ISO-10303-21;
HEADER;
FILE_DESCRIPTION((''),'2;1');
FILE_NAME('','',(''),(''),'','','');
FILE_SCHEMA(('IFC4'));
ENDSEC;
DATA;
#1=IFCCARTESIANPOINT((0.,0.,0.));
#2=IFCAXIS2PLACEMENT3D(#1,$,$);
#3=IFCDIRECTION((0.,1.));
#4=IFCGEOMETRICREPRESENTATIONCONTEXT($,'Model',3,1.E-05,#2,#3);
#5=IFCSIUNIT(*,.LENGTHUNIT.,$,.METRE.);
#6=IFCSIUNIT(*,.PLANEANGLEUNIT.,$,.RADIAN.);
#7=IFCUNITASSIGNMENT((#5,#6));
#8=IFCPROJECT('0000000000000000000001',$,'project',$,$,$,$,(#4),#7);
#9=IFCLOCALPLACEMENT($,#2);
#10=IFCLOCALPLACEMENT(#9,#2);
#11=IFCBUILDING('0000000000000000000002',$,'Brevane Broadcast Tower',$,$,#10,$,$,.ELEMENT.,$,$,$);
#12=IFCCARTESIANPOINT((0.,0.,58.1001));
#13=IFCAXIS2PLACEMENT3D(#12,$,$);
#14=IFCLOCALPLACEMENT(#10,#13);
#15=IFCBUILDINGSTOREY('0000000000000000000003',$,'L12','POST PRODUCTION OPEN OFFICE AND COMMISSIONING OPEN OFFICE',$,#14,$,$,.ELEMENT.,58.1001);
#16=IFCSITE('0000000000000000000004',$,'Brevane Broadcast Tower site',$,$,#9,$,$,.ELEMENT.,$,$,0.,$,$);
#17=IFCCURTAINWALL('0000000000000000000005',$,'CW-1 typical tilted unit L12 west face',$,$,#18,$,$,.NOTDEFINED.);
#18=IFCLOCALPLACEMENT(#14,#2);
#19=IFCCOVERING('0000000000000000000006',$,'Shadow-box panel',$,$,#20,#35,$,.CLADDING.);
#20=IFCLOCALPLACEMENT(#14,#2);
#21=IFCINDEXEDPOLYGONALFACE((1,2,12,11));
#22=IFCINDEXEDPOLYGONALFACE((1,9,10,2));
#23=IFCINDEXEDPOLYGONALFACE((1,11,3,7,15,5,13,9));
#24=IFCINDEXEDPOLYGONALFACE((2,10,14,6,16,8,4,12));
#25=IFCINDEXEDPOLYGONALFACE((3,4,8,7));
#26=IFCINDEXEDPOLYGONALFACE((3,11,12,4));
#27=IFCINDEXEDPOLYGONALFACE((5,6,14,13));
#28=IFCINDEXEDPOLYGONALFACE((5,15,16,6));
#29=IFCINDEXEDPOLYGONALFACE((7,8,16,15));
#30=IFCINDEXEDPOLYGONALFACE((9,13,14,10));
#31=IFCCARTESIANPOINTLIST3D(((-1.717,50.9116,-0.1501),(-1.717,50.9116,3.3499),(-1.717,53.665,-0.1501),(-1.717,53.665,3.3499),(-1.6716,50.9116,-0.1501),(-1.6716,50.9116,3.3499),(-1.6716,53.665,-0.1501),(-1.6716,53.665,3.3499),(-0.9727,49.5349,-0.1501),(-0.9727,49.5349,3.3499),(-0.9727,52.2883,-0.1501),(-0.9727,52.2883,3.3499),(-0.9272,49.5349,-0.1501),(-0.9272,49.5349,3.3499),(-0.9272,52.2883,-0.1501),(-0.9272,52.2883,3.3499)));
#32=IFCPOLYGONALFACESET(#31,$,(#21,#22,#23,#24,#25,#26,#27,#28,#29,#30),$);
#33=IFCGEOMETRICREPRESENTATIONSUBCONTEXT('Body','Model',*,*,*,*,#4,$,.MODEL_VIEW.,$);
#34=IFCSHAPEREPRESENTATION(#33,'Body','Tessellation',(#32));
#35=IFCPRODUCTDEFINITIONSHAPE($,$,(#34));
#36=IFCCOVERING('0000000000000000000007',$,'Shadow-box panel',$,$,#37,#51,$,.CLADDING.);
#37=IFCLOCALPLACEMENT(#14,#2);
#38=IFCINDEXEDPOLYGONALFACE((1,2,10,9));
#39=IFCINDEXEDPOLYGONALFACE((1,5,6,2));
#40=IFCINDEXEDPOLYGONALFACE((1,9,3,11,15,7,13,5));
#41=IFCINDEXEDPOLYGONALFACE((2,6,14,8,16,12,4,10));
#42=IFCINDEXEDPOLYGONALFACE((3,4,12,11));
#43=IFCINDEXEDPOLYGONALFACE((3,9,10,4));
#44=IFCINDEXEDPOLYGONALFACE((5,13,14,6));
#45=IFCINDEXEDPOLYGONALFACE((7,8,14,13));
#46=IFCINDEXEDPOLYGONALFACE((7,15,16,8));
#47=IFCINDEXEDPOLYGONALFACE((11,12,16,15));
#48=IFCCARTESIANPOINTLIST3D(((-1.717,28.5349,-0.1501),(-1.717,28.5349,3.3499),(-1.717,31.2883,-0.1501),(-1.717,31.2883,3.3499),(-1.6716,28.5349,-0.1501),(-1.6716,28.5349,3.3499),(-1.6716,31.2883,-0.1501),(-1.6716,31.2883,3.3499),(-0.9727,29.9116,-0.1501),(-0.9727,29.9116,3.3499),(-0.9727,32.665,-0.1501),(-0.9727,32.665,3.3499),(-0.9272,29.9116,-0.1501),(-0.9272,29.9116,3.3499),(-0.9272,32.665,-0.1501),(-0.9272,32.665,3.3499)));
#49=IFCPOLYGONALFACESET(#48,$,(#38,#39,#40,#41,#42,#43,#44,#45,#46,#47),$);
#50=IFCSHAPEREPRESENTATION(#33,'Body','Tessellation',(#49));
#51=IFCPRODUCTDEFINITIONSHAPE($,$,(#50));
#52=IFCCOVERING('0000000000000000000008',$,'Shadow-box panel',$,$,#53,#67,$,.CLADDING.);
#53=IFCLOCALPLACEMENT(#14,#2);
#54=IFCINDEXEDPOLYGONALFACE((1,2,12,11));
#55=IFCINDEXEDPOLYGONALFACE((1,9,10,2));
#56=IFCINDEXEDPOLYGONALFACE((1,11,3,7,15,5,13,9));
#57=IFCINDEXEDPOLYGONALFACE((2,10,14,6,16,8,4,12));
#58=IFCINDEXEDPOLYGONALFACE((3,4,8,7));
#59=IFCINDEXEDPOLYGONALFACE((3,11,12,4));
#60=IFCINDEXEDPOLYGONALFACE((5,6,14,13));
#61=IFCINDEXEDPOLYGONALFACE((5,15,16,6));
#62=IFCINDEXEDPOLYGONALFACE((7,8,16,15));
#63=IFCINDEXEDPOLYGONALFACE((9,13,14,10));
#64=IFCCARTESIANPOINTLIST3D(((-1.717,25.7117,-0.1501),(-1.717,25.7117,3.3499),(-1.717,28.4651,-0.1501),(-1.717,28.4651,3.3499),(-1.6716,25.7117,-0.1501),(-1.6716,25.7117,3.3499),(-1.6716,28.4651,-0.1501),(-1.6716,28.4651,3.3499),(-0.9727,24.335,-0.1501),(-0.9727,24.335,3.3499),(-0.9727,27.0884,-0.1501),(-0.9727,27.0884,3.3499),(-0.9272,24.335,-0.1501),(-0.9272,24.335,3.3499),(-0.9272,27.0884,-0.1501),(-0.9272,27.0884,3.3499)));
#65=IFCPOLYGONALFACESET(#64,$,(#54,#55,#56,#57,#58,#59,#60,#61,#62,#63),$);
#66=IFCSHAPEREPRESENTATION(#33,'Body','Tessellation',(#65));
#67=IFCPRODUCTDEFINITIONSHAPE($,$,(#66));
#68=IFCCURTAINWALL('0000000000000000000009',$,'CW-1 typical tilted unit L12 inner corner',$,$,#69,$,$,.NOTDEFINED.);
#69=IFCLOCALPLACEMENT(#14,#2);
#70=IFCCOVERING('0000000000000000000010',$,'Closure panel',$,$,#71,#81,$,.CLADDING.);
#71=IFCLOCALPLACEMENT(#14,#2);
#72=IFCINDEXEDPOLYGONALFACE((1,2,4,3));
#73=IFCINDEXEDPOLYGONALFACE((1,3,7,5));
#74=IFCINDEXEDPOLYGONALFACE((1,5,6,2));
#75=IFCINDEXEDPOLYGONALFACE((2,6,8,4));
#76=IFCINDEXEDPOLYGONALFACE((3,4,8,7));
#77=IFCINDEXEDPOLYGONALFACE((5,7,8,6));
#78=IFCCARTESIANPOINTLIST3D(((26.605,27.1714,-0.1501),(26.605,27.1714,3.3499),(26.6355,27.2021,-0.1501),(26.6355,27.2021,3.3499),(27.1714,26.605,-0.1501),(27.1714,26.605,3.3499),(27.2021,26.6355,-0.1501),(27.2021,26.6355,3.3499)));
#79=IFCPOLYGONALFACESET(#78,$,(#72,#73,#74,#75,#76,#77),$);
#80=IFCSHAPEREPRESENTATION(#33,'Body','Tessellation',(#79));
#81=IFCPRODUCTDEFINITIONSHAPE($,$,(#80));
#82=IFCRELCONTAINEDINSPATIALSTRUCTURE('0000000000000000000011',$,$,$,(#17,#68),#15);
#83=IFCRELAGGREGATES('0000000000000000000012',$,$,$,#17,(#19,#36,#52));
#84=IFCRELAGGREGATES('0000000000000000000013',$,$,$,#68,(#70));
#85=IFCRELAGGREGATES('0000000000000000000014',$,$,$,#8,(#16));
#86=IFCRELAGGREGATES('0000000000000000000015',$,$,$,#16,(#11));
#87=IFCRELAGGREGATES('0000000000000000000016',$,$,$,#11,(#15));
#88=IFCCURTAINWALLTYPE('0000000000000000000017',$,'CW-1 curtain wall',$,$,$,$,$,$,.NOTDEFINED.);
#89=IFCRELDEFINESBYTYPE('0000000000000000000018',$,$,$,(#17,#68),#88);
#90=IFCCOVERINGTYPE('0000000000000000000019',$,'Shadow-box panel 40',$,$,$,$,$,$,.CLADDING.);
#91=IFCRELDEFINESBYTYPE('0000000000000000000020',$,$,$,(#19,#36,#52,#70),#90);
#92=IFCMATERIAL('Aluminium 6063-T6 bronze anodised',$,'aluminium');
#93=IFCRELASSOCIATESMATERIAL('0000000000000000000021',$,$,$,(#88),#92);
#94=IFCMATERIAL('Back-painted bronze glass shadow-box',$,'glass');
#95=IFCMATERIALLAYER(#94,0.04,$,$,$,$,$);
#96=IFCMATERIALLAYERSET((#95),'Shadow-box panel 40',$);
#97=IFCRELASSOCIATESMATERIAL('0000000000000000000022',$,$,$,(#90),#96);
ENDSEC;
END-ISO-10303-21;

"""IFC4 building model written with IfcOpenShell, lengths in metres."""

from ifc_helpers import new_model, si_unit, direction, frame, origin, place, context, subcontext, project, spatial, polyline, outline, extrude, material, layer, layer_set, type_object, element, aggregate, save


model = new_model("IFC4")

# Units and contexts
model_context = context("Model", 3, precision=1e-05, world=origin(), true_north=direction((0.0, 1.0)))
body_context = subcontext(model_context, "Body", "Model", "MODEL_VIEW")
ifc_project = project(units=[si_unit("LENGTHUNIT", "METRE"), si_unit("PLANEANGLEUNIT", "RADIAN")], contexts=[model_context])

# Site, building, storey
site_placement = place(None, origin())
site = spatial("IfcSite", under=ifc_project, at=site_placement, Name="Brevane Broadcast Tower site", CompositionType="ELEMENT", RefElevation=0.0)
building_placement = place(site_placement, origin())
building = spatial("IfcBuilding", under=site, at=building_placement, Name="Brevane Broadcast Tower", CompositionType="ELEMENT")
storey_placement = place(building_placement, frame((0.0, 0.0, 58.1001)))
storey = spatial("IfcBuildingStorey", under=building, at=storey_placement, Name="L12", Description="POST PRODUCTION OPEN OFFICE AND COMMISSIONING OPEN OFFICE", CompositionType="ELEMENT", Elevation=58.1001)

# Curtain wall
ifc_material_1 = material(Name="Aluminium 6063-T6 bronze anodised", Category="aluminium")
curtain_wall_type = type_object("IfcCurtainWallType", Name="CW-1 curtain wall", PredefinedType="NOTDEFINED", material=ifc_material_1)
curtain_wall_1_placement = place(storey_placement, origin())
curtain_wall_1 = element("IfcCurtainWall", 1, at=curtain_wall_1_placement, inside=storey, type_object=curtain_wall_type, Name="CW-1 typical tilted unit L12 west face", PredefinedType="NOTDEFINED")

# Coverings
ifc_material_2 = material(Name="Back-painted bronze glass shadow-box", Category="glass")
ifc_layer_1 = layer(ifc_material_2, 0.04)
ifc_layer_set_1 = layer_set([ifc_layer_1], Name="Shadow-box panel 40")
covering_type = type_object("IfcCoveringType", Name="Shadow-box panel 40", PredefinedType="CLADDING", material=ifc_layer_set_1)
covering_1_placement = place(storey_placement, frame((0.0, 0.0, -0.1501)))
covering_1 = element("IfcCovering", 2, at=covering_1_placement, type_object=covering_type, Name="Shadow-box panel", PredefinedType="CLADDING", context=body_context, shape_type="SweptSolid", body=[
    extrude(outline(polyline([(-1.6716, 53.665), (-1.717, 53.665), (-0.9727, 52.2883), (-1.717, 50.9116), (-0.9727, 49.5349), (-0.9272, 49.5349), (-1.6716, 50.9116), (-0.9272, 52.2883), (-1.6716, 53.665)])), origin(), (0.0, 0.0, 1.0), 3.5),
])
covering_2_placement = place(storey_placement, frame((0.0, 0.0, -0.1501)))
covering_2 = element("IfcCovering", 3, at=covering_2_placement, type_object=covering_type, Name="Shadow-box panel", PredefinedType="CLADDING", context=body_context, shape_type="SweptSolid", body=[
    extrude(outline(polyline([(-0.9272, 32.665), (-0.9727, 32.665), (-1.717, 31.2883), (-0.9727, 29.9116), (-1.717, 28.5349), (-1.6716, 28.5349), (-0.9272, 29.9116), (-1.6716, 31.2883), (-0.9272, 32.665)])), origin(), (0.0, 0.0, 1.0), 3.5),
])
covering_3_placement = place(storey_placement, frame((0.0, 0.0, -0.1501)))
covering_3 = element("IfcCovering", 4, at=covering_3_placement, type_object=covering_type, Name="Shadow-box panel", PredefinedType="CLADDING", context=body_context, shape_type="SweptSolid", body=[
    extrude(outline(polyline([(-1.6716, 28.4651), (-1.717, 28.4651), (-0.9727, 27.0884), (-1.717, 25.7117), (-0.9727, 24.335), (-0.9272, 24.335), (-1.6716, 25.7117), (-0.9272, 27.0884), (-1.6716, 28.4651)])), origin(), (0.0, 0.0, 1.0), 3.5),
])
aggregate(curtain_wall_1, [covering_1, covering_2, covering_3])

# Curtain wall, covering
curtain_wall_2_placement = place(storey_placement, origin())
curtain_wall_2 = element("IfcCurtainWall", 5, at=curtain_wall_2_placement, inside=storey, type_object=curtain_wall_type, Name="CW-1 typical tilted unit L12 inner corner", PredefinedType="NOTDEFINED")
covering_4_placement = place(storey_placement, frame((0.0, 0.0, -0.1501)))
covering_4 = element("IfcCovering", 6, at=covering_4_placement, type_object=covering_type, Name="Closure panel", PredefinedType="CLADDING", context=body_context, shape_type="SweptSolid", body=[
    extrude(outline(polyline([(27.1714, 26.605), (27.2021, 26.6355), (26.6355, 27.2021), (26.605, 27.1714), (27.1714, 26.605)])), origin(), (0.0, 0.0, 1.0), 3.5),
])
aggregate(curtain_wall_2, [covering_4])

save(model, "model.ifc")
